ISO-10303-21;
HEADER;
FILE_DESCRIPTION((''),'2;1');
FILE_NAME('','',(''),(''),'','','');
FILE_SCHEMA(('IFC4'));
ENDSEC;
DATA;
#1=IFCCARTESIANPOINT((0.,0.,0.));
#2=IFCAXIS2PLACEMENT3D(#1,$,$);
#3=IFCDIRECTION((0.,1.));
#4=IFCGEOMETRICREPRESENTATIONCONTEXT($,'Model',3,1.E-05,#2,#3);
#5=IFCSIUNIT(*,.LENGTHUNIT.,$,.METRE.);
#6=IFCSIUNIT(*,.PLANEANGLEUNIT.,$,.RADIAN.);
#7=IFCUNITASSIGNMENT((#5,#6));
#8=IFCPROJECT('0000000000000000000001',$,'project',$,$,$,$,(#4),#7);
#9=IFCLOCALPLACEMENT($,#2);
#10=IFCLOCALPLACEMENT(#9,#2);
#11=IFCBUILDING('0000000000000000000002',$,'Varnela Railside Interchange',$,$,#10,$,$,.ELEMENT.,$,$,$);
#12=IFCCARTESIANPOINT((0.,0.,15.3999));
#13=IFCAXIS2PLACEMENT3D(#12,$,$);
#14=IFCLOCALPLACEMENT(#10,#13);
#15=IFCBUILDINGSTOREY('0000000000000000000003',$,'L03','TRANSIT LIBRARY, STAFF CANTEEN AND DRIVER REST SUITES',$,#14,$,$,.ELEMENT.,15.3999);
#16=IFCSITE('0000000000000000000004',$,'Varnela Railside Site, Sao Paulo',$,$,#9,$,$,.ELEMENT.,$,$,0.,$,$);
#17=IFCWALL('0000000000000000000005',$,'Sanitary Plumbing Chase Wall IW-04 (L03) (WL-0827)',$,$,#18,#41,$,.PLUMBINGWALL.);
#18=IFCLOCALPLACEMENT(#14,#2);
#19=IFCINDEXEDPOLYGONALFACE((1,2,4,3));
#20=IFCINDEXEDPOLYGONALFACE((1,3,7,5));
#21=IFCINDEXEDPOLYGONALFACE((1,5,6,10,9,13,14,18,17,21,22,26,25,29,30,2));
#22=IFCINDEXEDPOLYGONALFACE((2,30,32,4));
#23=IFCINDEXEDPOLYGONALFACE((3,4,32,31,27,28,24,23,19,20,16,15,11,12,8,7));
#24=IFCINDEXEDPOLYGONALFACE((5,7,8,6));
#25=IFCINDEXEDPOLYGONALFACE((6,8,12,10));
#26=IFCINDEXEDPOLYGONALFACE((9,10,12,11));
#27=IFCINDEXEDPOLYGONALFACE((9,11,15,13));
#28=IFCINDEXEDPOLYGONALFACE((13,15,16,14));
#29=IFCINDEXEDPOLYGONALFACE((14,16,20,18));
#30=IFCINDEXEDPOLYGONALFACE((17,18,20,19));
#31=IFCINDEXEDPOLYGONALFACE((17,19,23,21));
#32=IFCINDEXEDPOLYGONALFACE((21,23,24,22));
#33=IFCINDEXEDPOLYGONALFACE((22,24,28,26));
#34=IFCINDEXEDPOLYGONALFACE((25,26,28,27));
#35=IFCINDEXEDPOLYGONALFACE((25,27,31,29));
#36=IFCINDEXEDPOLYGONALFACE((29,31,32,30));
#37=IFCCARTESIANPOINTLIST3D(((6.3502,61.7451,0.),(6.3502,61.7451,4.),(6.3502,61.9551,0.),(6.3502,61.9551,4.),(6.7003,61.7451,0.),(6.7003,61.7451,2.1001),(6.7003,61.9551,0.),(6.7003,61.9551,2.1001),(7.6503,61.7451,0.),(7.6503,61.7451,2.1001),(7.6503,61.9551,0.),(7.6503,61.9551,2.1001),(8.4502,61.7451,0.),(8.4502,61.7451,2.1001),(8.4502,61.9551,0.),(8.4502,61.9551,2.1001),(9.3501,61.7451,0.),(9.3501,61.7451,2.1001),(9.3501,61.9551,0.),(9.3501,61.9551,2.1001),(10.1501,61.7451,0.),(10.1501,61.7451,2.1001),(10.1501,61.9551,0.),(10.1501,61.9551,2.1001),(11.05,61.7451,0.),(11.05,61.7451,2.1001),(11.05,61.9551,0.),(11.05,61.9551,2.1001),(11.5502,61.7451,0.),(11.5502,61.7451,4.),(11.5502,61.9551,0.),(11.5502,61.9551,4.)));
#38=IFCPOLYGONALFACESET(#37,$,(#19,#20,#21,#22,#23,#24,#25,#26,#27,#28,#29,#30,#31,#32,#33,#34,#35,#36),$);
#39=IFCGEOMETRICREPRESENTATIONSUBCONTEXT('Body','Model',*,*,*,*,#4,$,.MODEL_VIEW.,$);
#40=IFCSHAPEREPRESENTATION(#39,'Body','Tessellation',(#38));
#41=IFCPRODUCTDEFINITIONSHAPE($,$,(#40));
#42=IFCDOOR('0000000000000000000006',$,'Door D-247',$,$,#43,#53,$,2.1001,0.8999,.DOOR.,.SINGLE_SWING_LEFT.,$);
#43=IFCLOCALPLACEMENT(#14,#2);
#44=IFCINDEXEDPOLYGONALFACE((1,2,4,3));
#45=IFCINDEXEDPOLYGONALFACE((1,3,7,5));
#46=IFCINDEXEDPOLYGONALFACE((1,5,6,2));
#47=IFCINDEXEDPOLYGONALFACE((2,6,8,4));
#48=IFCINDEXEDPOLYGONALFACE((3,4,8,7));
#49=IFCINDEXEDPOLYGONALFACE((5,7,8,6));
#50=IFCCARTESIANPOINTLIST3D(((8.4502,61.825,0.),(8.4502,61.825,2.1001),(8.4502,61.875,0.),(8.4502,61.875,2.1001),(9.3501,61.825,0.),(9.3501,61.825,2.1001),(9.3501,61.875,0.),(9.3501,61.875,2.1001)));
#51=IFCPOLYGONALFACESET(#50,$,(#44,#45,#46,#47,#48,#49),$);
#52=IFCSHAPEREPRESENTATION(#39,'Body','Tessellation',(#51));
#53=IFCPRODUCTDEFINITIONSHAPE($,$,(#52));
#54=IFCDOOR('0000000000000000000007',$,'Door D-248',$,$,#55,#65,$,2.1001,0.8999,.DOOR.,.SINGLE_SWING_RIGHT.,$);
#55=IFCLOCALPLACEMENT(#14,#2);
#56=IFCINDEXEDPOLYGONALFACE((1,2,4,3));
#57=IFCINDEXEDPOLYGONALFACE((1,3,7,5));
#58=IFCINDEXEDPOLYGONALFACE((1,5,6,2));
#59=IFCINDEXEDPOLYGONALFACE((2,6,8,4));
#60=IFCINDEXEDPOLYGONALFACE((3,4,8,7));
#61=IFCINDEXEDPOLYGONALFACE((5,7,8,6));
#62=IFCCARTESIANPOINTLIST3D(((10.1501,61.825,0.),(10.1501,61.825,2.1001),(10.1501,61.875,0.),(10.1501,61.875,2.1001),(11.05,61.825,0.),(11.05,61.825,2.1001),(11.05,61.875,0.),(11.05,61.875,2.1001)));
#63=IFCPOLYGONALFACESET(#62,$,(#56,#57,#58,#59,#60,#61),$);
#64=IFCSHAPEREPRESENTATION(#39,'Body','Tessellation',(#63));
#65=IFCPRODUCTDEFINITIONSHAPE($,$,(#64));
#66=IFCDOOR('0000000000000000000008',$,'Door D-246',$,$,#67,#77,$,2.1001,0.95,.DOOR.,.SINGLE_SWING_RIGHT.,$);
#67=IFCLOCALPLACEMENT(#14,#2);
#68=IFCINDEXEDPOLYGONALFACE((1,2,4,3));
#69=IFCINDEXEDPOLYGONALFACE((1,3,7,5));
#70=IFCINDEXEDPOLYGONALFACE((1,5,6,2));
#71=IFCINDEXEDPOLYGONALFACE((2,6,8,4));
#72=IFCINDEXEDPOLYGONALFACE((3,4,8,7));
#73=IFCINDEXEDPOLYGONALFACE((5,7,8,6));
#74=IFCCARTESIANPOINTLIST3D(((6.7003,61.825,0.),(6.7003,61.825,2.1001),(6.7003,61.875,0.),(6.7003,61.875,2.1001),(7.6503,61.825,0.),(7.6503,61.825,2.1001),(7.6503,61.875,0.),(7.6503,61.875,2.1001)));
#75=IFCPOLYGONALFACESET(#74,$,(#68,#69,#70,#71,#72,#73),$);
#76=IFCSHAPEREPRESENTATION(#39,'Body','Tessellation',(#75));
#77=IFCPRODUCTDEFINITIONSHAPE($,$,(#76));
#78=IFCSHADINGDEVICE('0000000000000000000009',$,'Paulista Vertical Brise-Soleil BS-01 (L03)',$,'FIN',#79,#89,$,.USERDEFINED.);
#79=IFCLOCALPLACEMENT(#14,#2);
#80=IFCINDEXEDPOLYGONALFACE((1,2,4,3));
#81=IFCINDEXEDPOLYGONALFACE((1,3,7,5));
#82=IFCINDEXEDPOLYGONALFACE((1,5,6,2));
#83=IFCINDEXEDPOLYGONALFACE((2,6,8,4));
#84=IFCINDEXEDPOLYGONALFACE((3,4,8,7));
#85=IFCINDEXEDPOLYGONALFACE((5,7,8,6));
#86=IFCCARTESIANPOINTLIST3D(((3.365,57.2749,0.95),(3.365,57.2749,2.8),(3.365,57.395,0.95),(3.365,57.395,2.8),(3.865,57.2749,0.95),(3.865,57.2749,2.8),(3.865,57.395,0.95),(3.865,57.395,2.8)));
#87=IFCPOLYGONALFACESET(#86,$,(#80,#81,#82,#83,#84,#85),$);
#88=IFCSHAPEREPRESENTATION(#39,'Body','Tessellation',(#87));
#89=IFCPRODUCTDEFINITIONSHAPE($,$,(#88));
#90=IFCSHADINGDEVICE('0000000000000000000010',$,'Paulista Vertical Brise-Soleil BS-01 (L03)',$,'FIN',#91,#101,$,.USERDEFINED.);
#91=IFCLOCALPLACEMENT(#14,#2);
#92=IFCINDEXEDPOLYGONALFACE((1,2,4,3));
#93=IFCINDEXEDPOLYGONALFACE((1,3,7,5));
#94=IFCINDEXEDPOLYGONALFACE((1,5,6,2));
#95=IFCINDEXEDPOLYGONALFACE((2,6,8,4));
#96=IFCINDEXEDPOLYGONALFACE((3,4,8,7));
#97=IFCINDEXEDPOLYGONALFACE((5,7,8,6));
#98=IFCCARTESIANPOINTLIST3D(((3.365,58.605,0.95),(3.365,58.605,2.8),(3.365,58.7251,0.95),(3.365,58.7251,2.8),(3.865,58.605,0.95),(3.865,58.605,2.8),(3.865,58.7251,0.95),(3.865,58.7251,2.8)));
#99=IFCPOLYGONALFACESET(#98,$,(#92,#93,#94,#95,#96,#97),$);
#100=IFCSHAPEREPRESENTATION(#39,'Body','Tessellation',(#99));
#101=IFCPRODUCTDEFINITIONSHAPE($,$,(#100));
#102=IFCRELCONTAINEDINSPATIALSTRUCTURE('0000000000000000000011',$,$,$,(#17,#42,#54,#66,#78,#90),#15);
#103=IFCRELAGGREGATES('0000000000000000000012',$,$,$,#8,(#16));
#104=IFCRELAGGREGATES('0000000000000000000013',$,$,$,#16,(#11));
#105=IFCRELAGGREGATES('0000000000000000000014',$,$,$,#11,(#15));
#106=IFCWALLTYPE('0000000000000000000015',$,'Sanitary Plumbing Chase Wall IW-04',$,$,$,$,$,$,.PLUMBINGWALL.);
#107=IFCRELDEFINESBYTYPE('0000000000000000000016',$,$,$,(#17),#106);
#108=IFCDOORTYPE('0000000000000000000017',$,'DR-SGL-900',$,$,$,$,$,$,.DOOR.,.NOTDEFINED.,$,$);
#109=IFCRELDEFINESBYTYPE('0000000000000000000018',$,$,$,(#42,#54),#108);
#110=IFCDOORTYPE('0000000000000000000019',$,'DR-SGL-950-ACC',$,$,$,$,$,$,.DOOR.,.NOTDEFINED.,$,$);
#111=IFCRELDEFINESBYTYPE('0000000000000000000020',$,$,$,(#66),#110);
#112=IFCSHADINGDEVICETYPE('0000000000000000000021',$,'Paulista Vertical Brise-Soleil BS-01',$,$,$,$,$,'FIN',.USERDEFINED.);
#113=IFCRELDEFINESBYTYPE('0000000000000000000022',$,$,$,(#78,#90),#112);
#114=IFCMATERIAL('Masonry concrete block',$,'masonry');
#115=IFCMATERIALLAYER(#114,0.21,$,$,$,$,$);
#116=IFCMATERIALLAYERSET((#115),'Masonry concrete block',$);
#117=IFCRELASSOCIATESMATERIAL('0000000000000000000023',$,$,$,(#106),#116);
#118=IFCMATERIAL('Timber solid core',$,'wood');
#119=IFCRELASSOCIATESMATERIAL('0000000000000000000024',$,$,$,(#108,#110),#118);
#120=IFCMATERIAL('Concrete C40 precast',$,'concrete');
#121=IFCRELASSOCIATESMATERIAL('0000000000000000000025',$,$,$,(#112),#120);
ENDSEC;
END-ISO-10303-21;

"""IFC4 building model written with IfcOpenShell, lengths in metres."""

from ifc_helpers import new_model, si_unit, direction, frame, frame_2d, origin, origin_2d, place, context, subcontext, project, spatial, rectangle, extrude, material, layer, layer_set, type_object, element, fill, save


model = new_model("IFC4")

# Units and contexts
model_context = context("Model", 3, precision=1e-05, world=origin(), true_north=direction((0.0, 1.0)))
body_context = subcontext(model_context, "Body", "Model", "MODEL_VIEW")
ifc_project = project(units=[si_unit("LENGTHUNIT", "METRE"), si_unit("PLANEANGLEUNIT", "RADIAN")], contexts=[model_context])

# Site, building, storey
site_placement = place(None, origin())
site = spatial("IfcSite", under=ifc_project, at=site_placement, Name="Varnela Railside Site, Sao Paulo", CompositionType="ELEMENT", RefElevation=0.0)
building_placement = place(site_placement, origin())
building = spatial("IfcBuilding", under=site, at=building_placement, Name="Varnela Railside Interchange", CompositionType="ELEMENT")
storey_placement = place(building_placement, frame((0.0, 0.0, 15.3999)))
storey = spatial("IfcBuildingStorey", under=building, at=storey_placement, Name="L03", Description="TRANSIT LIBRARY, STAFF CANTEEN AND DRIVER REST SUITES", CompositionType="ELEMENT", Elevation=15.3999)

# Wall, openings, doors
ifc_material_1 = material(Name="Masonry concrete block", Category="masonry")
ifc_layer_1 = layer(ifc_material_1, 0.21)
ifc_layer_set_1 = layer_set([ifc_layer_1], Name="Masonry concrete block")
wall_type_1 = type_object("IfcWallType", Name="Sanitary Plumbing Chase Wall IW-04", PredefinedType="PLUMBINGWALL", material=ifc_layer_set_1)
wall_placement = place(storey_placement, frame((6.3501, 61.8501, 0.0), z_axis=(0.0, 0.0, 1.0), x_axis=(1.0, 0.0, 0.0)))
wall = element("IfcWall", 1, at=wall_placement, inside=storey, type_object=wall_type_1, Name="Sanitary Plumbing Chase Wall IW-04 (L03) (WL-0827)", PredefinedType="PLUMBINGWALL", context=body_context, shape_type="SweptSolid", body=[
    extrude(rectangle(XDim=5.2, YDim=0.21, at=frame_2d((2.6001, 0.0))), origin(), (0.0, 0.0, 1.0), 4.0),
])
opening_1_placement = place(wall_placement, frame((0.3501, 0.0, 0.0)))
opening_1 = element("IfcOpeningElement", 2, at=opening_1_placement, cuts=wall, PredefinedType="OPENING", context=body_context, shape_type="SweptSolid", body=[
    extrude(rectangle(XDim=0.95, YDim=2.1001, at=frame_2d((0.4751, 1.05))), frame((0.0, 0.115, 0.0), z_axis=(0.0, -1.0, 0.0), x_axis=(1.0, 0.0, 0.0)), (0.0, 0.0, 1.0), 0.23),
])
opening_2_placement = place(wall_placement, frame((2.1001, 0.0, 0.0)))
opening_2 = element("IfcOpeningElement", 3, at=opening_2_placement, cuts=wall, PredefinedType="OPENING", context=body_context, shape_type="SweptSolid", body=[
    extrude(rectangle(XDim=0.8999, YDim=2.1001, at=frame_2d((0.45, 1.05))), frame((0.0, 0.115, 0.0), z_axis=(0.0, -1.0, 0.0), x_axis=(1.0, 0.0, 0.0)), (0.0, 0.0, 1.0), 0.23),
])
opening_3_placement = place(wall_placement, frame((3.8, 0.0, 0.0)))
opening_3 = element("IfcOpeningElement", 4, at=opening_3_placement, cuts=wall, PredefinedType="OPENING", context=body_context, shape_type="SweptSolid", body=[
    extrude(rectangle(XDim=0.8999, YDim=2.1001, at=frame_2d((0.45, 1.05))), frame((0.0, 0.115, 0.0), z_axis=(0.0, -1.0, 0.0), x_axis=(1.0, 0.0, 0.0)), (0.0, 0.0, 1.0), 0.23),
])
ifc_material_2 = material(Name="Timber solid core", Category="wood")
door_type_1 = type_object("IfcDoorType", Name="DR-SGL-900", OperationType="NOTDEFINED", PredefinedType="DOOR", material=ifc_material_2)
door_1_placement = place(opening_2_placement, origin())
door_1 = element("IfcDoor", 5, at=door_1_placement, inside=storey, type_object=door_type_1, Name="Door D-247", OperationType="SINGLE_SWING_LEFT", OverallHeight=2.1001, OverallWidth=0.8999, PredefinedType="DOOR", context=body_context, shape_type="SweptSolid", body=[
    extrude(rectangle(XDim=0.8999, YDim=2.1001, at=frame_2d((0.45, 1.05))), frame((0.0, 0.0249, 0.0), z_axis=(0.0, -1.0, 0.0), x_axis=(1.0, 0.0, 0.0)), (0.0, 0.0, 1.0), 0.05),
])
fill(opening_2, door_1)
door_2_placement = place(opening_3_placement, origin())
door_2 = element("IfcDoor", 6, at=door_2_placement, inside=storey, type_object=door_type_1, Name="Door D-248", OperationType="SINGLE_SWING_RIGHT", OverallHeight=2.1001, OverallWidth=0.8999, PredefinedType="DOOR", context=body_context, shape_type="SweptSolid", body=[
    extrude(rectangle(XDim=0.8999, YDim=2.1001, at=frame_2d((0.45, 1.05))), frame((0.0, 0.0249, 0.0), z_axis=(0.0, -1.0, 0.0), x_axis=(1.0, 0.0, 0.0)), (0.0, 0.0, 1.0), 0.05),
])
fill(opening_3, door_2)
door_type_2 = type_object("IfcDoorType", Name="DR-SGL-950-ACC", OperationType="NOTDEFINED", PredefinedType="DOOR", material=ifc_material_2)
door_3_placement = place(opening_1_placement, origin())
door_3 = element("IfcDoor", 7, at=door_3_placement, inside=storey, type_object=door_type_2, Name="Door D-246", OperationType="SINGLE_SWING_RIGHT", OverallHeight=2.1001, OverallWidth=0.95, PredefinedType="DOOR", context=body_context, shape_type="SweptSolid", body=[
    extrude(rectangle(XDim=0.95, YDim=2.1001, at=frame_2d((0.4751, 1.05))), frame((0.0, 0.0249, 0.0), z_axis=(0.0, -1.0, 0.0), x_axis=(1.0, 0.0, 0.0)), (0.0, 0.0, 1.0), 0.05),
])
fill(opening_1, door_3)

# Shading devices
ifc_material_3 = material(Name="Concrete C40 precast", Category="concrete")
shading_device_type = type_object("IfcShadingDeviceType", Name="Paulista Vertical Brise-Soleil BS-01", ElementType="FIN", PredefinedType="USERDEFINED", material=ifc_material_3)
for number, where, z_axis, x_axis, name in (
    (8, (3.615, 57.335, 0.95), (0.0, 0.0, 1.0), (-1.0, 0.0, 0.0), "Paulista Vertical Brise-Soleil BS-01 (L03)"),
    (9, (3.615, 58.665, 0.95), (0.0, 0.0, 1.0), (-1.0, 0.0, 0.0), "Paulista Vertical Brise-Soleil BS-01 (L03)"),
):
    element("IfcShadingDevice", number, at=place(storey_placement, frame(where, z_axis=z_axis, x_axis=x_axis)), inside=storey, type_object=shading_device_type, Name=name, ObjectType="FIN", PredefinedType="USERDEFINED", context=body_context, shape_type="SweptSolid", body=[
        extrude(rectangle(XDim=0.5, YDim=0.1201, at=origin_2d()), origin(), (0.0, 0.0, 1.0), 1.8501),
    ])

save(model, "model.ifc")
